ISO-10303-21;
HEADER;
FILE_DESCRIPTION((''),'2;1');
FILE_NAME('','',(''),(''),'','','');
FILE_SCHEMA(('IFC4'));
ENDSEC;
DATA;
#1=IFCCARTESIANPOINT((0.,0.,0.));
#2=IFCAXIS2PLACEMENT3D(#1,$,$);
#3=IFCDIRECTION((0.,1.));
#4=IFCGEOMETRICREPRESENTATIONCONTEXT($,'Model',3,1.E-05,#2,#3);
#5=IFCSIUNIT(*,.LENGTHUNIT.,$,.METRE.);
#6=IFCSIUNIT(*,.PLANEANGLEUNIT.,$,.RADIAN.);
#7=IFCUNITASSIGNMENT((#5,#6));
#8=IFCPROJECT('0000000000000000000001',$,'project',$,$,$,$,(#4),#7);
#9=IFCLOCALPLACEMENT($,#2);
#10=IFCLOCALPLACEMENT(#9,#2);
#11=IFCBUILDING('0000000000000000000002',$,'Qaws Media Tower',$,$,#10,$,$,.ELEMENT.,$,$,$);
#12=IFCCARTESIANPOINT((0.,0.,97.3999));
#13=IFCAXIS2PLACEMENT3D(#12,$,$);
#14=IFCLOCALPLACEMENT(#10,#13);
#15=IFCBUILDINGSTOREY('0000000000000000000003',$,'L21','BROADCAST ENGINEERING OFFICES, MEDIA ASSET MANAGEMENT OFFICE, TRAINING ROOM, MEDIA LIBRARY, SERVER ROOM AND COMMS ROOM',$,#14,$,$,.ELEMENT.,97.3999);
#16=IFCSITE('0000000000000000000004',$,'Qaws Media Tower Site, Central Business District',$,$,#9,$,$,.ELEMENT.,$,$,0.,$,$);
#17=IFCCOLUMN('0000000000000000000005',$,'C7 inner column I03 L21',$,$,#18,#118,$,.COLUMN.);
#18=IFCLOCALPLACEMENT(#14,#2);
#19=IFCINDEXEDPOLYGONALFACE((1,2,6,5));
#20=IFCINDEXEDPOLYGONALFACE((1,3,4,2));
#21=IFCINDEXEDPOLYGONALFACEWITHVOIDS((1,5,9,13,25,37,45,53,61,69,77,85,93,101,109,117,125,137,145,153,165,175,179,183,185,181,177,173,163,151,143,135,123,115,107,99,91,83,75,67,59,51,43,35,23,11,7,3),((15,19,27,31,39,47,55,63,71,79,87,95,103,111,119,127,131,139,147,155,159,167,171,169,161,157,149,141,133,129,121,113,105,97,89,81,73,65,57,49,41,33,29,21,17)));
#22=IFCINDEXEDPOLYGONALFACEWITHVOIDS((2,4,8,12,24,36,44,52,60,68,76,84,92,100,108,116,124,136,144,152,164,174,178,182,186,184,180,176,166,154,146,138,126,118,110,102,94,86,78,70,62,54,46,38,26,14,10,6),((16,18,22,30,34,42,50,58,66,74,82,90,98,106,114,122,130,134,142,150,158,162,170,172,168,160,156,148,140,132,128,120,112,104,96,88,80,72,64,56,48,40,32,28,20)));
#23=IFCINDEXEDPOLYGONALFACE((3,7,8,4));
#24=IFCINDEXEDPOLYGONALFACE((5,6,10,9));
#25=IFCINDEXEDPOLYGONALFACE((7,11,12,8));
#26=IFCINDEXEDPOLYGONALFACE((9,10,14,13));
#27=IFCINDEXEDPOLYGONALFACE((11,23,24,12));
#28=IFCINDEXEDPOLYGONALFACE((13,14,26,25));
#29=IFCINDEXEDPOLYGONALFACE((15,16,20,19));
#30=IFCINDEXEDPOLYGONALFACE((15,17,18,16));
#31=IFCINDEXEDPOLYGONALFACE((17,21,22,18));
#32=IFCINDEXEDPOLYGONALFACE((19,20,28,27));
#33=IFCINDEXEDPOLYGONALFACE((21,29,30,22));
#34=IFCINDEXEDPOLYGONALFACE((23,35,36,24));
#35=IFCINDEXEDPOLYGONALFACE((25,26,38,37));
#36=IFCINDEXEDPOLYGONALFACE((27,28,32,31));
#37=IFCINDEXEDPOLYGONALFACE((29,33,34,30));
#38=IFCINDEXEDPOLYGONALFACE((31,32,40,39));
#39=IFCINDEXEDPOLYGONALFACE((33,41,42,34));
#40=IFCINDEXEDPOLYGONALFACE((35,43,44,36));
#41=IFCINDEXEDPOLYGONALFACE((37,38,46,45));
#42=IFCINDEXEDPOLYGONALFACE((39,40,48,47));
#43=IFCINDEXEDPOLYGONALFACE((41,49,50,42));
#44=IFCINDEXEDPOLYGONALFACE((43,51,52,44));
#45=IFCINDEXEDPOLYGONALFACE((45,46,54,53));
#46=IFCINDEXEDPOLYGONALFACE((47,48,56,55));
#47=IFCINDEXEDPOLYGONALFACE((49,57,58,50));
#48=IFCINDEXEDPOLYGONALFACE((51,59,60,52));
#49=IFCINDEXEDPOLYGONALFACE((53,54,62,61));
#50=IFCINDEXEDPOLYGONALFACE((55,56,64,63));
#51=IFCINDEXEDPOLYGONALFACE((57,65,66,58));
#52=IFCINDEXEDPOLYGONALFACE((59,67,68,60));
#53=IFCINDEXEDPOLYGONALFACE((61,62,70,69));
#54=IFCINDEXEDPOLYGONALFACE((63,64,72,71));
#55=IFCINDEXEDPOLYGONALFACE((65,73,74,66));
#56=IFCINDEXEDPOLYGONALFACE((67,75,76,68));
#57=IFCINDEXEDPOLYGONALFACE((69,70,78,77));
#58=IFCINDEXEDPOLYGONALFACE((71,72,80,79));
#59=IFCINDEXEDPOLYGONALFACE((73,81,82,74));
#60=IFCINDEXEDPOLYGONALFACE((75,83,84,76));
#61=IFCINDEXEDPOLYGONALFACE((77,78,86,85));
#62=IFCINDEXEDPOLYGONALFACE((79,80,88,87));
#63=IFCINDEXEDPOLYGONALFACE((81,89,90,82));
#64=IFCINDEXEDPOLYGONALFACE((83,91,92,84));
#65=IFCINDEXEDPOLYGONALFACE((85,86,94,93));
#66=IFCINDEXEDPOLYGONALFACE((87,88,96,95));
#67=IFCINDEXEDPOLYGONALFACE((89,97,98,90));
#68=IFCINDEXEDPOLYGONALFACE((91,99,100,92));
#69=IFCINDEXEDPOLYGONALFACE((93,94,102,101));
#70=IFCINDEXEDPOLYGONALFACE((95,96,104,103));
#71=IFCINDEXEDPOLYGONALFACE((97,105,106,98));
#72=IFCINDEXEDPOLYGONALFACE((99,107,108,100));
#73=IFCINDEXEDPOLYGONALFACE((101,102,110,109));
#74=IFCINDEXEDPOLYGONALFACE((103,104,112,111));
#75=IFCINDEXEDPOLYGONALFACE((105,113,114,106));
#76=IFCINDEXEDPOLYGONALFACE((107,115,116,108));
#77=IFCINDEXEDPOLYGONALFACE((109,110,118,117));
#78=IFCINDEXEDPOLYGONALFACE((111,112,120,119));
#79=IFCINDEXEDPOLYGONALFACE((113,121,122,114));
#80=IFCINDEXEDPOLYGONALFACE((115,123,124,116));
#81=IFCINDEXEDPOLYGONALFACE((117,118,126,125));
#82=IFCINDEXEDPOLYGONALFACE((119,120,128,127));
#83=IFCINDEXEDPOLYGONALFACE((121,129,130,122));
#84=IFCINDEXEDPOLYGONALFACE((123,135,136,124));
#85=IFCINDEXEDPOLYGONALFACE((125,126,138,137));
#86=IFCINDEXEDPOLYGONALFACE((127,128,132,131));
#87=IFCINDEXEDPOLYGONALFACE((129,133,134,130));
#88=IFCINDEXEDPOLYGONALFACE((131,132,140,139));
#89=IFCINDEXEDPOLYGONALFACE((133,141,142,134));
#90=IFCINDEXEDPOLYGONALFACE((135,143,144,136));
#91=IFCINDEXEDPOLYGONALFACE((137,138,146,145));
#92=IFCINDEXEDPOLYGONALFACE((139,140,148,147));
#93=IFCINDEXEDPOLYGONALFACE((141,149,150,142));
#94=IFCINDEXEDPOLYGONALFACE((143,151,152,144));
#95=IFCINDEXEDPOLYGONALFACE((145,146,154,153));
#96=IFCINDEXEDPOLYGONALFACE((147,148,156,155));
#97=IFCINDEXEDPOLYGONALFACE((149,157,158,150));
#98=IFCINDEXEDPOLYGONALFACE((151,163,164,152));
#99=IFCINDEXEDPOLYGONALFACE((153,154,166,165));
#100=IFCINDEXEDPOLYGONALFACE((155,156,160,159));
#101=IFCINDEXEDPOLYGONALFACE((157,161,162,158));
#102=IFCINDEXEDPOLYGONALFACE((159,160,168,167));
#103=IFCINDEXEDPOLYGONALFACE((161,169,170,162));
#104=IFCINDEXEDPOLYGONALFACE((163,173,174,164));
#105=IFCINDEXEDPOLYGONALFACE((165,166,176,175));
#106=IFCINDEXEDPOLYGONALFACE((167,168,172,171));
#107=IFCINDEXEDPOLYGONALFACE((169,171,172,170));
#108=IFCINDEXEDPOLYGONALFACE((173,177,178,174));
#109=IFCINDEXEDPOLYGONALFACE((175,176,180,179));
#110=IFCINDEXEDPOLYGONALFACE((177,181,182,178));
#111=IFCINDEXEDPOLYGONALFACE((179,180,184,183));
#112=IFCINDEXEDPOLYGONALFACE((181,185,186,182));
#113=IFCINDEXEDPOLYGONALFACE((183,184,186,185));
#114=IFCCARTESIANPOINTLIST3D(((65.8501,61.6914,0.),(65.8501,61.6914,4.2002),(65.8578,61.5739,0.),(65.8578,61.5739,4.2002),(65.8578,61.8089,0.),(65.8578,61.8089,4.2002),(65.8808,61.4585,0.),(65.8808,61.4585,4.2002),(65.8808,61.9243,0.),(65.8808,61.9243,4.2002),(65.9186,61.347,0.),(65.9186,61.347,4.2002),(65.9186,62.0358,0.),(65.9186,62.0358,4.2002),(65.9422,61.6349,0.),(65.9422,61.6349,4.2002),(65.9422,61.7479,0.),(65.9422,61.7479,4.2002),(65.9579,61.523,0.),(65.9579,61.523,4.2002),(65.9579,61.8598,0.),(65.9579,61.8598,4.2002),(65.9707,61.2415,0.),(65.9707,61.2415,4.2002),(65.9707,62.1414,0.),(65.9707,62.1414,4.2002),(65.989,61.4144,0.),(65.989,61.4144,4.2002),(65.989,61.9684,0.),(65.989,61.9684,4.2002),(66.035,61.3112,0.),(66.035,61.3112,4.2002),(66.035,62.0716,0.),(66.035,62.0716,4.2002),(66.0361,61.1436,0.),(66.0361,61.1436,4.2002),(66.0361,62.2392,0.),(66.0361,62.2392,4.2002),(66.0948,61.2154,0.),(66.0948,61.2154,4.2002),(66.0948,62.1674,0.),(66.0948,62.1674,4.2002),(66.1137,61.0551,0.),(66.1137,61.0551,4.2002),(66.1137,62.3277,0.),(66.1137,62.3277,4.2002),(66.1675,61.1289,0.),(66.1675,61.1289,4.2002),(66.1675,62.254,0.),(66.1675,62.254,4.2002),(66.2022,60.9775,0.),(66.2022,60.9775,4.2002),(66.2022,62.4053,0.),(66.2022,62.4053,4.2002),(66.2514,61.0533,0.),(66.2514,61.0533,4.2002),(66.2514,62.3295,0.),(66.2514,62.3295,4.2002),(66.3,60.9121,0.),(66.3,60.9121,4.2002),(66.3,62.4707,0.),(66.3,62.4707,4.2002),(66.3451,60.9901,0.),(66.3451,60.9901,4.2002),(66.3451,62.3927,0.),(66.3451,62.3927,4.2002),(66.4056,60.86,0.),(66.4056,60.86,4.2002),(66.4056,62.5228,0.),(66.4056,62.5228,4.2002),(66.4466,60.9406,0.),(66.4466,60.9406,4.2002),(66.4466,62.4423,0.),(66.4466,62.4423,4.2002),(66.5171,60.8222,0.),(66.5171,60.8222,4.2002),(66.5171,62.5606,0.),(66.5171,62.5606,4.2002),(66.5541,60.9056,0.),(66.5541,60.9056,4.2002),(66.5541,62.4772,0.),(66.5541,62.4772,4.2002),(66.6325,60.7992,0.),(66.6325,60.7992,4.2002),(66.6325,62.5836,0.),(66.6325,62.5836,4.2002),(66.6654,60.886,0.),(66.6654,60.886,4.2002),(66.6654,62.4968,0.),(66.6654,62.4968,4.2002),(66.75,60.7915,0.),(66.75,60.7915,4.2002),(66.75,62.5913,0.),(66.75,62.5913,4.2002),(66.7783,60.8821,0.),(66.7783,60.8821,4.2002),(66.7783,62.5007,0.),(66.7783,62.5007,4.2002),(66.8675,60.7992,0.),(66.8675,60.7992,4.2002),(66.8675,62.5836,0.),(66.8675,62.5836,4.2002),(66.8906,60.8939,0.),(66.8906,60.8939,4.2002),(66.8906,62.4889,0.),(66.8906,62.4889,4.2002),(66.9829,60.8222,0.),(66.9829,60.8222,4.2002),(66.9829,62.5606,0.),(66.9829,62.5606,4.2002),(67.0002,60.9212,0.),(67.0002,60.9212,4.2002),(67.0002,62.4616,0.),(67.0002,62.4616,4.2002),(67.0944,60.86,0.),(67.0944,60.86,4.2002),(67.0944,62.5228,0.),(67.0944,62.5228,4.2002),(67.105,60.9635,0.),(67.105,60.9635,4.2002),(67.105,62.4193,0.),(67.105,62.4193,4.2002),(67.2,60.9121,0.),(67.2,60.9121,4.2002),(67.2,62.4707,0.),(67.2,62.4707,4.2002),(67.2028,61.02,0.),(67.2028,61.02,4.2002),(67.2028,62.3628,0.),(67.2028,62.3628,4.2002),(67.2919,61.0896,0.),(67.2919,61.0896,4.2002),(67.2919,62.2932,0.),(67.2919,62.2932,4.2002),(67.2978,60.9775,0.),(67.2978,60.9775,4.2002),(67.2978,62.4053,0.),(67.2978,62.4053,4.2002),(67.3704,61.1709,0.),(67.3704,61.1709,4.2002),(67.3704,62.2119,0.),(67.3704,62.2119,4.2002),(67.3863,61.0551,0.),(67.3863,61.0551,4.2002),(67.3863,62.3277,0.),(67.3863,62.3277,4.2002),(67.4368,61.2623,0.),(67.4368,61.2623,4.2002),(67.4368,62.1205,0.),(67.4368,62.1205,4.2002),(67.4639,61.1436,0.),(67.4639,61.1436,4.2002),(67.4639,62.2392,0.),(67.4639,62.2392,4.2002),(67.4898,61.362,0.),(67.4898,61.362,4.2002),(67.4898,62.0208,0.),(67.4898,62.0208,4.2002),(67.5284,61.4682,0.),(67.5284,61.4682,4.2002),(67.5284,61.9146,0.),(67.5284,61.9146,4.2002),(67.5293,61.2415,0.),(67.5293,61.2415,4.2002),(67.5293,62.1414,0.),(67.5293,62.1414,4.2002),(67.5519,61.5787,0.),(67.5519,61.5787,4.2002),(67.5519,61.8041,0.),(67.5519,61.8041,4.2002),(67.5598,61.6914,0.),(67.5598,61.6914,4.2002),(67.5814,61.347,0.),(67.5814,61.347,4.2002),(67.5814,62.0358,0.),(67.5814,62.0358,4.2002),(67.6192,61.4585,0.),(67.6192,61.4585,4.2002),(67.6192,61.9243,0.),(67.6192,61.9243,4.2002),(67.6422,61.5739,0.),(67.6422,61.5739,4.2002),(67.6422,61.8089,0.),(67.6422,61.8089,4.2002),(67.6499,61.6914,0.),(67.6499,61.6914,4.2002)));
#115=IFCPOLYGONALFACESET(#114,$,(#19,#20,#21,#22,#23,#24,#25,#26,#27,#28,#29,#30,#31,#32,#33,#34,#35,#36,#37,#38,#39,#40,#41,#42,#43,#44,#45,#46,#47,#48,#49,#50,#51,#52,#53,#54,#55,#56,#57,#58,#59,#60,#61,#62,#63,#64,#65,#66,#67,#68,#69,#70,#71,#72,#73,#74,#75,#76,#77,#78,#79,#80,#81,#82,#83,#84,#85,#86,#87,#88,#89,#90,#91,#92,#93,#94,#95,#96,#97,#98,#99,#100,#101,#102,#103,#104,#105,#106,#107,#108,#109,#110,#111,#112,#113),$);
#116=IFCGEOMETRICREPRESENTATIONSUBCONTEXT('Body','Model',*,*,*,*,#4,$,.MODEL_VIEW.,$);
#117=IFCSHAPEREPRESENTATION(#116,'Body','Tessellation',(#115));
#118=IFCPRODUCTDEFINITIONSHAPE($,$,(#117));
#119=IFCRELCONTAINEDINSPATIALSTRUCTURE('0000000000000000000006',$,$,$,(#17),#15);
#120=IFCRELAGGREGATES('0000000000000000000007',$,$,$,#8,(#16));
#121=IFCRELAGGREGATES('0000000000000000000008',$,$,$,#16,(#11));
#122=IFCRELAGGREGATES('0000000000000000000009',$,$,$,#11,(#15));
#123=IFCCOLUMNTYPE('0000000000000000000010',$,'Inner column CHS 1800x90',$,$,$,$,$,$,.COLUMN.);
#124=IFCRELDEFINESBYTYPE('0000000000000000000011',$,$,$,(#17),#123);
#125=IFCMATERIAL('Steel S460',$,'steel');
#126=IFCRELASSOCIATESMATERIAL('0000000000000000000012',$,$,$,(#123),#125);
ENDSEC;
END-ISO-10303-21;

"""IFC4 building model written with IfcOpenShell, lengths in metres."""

from ifc_helpers import new_model, si_unit, direction, frame, origin, origin_2d, place, context, subcontext, project, spatial, hollow_circle, extrude, material, material_profile, profile_set, type_object, element, save


model = new_model("IFC4")

# Units and contexts
model_context = context("Model", 3, precision=1e-05, world=origin(), true_north=direction((0.0, 1.0)))
body_context = subcontext(model_context, "Body", "Model", "MODEL_VIEW")
ifc_project = project(units=[si_unit("LENGTHUNIT", "METRE"), si_unit("PLANEANGLEUNIT", "RADIAN")], contexts=[model_context])

# Site, building, storey
site_placement = place(None, origin())
site = spatial("IfcSite", under=ifc_project, at=site_placement, Name="Qaws Media Tower Site, Central Business District", CompositionType="ELEMENT", RefElevation=0.0)
building_placement = place(site_placement, origin())
building = spatial("IfcBuilding", under=site, at=building_placement, Name="Qaws Media Tower", CompositionType="ELEMENT")
storey_placement = place(building_placement, frame((0.0, 0.0, 97.3999)))
storey = spatial("IfcBuildingStorey", under=building, at=storey_placement, Name="L21", Description="BROADCAST ENGINEERING OFFICES, MEDIA ASSET MANAGEMENT OFFICE, TRAINING ROOM, MEDIA LIBRARY, SERVER ROOM AND COMMS ROOM", CompositionType="ELEMENT", Elevation=97.3999)

# Column
ifc_material_1 = material(Name="Steel S460", Category="steel")
ifc_material_profile_1 = material_profile(ifc_material_1, hollow_circle(Radius=0.8999, WallThickness=0.0901, at=origin_2d()), Name="CHS 1800x90")
ifc_profile_set_1 = profile_set([ifc_material_profile_1], Name="Steel S460")
column_type = type_object("IfcColumnType", Name="Inner column CHS 1800x90", PredefinedType="COLUMN", material=ifc_profile_set_1)
for number, where, z_axis, x_axis, name in (
    (1, (66.75, 61.6914, 0.0), (0.0, 0.0, 1.0), (1.0, 0.0, 0.0), "C7 inner column I03 L21"),
):
    element("IfcColumn", number, at=place(storey_placement, frame(where, z_axis=z_axis, x_axis=x_axis)), inside=storey, type_object=column_type, Name=name, PredefinedType="COLUMN", context=body_context, shape_type="SweptSolid", body=[
        extrude(hollow_circle(Radius=0.8999, WallThickness=0.0901, at=origin_2d()), origin(), (0.0, 0.0, 1.0), 4.2002),
    ])

save(model, "model.ifc")
